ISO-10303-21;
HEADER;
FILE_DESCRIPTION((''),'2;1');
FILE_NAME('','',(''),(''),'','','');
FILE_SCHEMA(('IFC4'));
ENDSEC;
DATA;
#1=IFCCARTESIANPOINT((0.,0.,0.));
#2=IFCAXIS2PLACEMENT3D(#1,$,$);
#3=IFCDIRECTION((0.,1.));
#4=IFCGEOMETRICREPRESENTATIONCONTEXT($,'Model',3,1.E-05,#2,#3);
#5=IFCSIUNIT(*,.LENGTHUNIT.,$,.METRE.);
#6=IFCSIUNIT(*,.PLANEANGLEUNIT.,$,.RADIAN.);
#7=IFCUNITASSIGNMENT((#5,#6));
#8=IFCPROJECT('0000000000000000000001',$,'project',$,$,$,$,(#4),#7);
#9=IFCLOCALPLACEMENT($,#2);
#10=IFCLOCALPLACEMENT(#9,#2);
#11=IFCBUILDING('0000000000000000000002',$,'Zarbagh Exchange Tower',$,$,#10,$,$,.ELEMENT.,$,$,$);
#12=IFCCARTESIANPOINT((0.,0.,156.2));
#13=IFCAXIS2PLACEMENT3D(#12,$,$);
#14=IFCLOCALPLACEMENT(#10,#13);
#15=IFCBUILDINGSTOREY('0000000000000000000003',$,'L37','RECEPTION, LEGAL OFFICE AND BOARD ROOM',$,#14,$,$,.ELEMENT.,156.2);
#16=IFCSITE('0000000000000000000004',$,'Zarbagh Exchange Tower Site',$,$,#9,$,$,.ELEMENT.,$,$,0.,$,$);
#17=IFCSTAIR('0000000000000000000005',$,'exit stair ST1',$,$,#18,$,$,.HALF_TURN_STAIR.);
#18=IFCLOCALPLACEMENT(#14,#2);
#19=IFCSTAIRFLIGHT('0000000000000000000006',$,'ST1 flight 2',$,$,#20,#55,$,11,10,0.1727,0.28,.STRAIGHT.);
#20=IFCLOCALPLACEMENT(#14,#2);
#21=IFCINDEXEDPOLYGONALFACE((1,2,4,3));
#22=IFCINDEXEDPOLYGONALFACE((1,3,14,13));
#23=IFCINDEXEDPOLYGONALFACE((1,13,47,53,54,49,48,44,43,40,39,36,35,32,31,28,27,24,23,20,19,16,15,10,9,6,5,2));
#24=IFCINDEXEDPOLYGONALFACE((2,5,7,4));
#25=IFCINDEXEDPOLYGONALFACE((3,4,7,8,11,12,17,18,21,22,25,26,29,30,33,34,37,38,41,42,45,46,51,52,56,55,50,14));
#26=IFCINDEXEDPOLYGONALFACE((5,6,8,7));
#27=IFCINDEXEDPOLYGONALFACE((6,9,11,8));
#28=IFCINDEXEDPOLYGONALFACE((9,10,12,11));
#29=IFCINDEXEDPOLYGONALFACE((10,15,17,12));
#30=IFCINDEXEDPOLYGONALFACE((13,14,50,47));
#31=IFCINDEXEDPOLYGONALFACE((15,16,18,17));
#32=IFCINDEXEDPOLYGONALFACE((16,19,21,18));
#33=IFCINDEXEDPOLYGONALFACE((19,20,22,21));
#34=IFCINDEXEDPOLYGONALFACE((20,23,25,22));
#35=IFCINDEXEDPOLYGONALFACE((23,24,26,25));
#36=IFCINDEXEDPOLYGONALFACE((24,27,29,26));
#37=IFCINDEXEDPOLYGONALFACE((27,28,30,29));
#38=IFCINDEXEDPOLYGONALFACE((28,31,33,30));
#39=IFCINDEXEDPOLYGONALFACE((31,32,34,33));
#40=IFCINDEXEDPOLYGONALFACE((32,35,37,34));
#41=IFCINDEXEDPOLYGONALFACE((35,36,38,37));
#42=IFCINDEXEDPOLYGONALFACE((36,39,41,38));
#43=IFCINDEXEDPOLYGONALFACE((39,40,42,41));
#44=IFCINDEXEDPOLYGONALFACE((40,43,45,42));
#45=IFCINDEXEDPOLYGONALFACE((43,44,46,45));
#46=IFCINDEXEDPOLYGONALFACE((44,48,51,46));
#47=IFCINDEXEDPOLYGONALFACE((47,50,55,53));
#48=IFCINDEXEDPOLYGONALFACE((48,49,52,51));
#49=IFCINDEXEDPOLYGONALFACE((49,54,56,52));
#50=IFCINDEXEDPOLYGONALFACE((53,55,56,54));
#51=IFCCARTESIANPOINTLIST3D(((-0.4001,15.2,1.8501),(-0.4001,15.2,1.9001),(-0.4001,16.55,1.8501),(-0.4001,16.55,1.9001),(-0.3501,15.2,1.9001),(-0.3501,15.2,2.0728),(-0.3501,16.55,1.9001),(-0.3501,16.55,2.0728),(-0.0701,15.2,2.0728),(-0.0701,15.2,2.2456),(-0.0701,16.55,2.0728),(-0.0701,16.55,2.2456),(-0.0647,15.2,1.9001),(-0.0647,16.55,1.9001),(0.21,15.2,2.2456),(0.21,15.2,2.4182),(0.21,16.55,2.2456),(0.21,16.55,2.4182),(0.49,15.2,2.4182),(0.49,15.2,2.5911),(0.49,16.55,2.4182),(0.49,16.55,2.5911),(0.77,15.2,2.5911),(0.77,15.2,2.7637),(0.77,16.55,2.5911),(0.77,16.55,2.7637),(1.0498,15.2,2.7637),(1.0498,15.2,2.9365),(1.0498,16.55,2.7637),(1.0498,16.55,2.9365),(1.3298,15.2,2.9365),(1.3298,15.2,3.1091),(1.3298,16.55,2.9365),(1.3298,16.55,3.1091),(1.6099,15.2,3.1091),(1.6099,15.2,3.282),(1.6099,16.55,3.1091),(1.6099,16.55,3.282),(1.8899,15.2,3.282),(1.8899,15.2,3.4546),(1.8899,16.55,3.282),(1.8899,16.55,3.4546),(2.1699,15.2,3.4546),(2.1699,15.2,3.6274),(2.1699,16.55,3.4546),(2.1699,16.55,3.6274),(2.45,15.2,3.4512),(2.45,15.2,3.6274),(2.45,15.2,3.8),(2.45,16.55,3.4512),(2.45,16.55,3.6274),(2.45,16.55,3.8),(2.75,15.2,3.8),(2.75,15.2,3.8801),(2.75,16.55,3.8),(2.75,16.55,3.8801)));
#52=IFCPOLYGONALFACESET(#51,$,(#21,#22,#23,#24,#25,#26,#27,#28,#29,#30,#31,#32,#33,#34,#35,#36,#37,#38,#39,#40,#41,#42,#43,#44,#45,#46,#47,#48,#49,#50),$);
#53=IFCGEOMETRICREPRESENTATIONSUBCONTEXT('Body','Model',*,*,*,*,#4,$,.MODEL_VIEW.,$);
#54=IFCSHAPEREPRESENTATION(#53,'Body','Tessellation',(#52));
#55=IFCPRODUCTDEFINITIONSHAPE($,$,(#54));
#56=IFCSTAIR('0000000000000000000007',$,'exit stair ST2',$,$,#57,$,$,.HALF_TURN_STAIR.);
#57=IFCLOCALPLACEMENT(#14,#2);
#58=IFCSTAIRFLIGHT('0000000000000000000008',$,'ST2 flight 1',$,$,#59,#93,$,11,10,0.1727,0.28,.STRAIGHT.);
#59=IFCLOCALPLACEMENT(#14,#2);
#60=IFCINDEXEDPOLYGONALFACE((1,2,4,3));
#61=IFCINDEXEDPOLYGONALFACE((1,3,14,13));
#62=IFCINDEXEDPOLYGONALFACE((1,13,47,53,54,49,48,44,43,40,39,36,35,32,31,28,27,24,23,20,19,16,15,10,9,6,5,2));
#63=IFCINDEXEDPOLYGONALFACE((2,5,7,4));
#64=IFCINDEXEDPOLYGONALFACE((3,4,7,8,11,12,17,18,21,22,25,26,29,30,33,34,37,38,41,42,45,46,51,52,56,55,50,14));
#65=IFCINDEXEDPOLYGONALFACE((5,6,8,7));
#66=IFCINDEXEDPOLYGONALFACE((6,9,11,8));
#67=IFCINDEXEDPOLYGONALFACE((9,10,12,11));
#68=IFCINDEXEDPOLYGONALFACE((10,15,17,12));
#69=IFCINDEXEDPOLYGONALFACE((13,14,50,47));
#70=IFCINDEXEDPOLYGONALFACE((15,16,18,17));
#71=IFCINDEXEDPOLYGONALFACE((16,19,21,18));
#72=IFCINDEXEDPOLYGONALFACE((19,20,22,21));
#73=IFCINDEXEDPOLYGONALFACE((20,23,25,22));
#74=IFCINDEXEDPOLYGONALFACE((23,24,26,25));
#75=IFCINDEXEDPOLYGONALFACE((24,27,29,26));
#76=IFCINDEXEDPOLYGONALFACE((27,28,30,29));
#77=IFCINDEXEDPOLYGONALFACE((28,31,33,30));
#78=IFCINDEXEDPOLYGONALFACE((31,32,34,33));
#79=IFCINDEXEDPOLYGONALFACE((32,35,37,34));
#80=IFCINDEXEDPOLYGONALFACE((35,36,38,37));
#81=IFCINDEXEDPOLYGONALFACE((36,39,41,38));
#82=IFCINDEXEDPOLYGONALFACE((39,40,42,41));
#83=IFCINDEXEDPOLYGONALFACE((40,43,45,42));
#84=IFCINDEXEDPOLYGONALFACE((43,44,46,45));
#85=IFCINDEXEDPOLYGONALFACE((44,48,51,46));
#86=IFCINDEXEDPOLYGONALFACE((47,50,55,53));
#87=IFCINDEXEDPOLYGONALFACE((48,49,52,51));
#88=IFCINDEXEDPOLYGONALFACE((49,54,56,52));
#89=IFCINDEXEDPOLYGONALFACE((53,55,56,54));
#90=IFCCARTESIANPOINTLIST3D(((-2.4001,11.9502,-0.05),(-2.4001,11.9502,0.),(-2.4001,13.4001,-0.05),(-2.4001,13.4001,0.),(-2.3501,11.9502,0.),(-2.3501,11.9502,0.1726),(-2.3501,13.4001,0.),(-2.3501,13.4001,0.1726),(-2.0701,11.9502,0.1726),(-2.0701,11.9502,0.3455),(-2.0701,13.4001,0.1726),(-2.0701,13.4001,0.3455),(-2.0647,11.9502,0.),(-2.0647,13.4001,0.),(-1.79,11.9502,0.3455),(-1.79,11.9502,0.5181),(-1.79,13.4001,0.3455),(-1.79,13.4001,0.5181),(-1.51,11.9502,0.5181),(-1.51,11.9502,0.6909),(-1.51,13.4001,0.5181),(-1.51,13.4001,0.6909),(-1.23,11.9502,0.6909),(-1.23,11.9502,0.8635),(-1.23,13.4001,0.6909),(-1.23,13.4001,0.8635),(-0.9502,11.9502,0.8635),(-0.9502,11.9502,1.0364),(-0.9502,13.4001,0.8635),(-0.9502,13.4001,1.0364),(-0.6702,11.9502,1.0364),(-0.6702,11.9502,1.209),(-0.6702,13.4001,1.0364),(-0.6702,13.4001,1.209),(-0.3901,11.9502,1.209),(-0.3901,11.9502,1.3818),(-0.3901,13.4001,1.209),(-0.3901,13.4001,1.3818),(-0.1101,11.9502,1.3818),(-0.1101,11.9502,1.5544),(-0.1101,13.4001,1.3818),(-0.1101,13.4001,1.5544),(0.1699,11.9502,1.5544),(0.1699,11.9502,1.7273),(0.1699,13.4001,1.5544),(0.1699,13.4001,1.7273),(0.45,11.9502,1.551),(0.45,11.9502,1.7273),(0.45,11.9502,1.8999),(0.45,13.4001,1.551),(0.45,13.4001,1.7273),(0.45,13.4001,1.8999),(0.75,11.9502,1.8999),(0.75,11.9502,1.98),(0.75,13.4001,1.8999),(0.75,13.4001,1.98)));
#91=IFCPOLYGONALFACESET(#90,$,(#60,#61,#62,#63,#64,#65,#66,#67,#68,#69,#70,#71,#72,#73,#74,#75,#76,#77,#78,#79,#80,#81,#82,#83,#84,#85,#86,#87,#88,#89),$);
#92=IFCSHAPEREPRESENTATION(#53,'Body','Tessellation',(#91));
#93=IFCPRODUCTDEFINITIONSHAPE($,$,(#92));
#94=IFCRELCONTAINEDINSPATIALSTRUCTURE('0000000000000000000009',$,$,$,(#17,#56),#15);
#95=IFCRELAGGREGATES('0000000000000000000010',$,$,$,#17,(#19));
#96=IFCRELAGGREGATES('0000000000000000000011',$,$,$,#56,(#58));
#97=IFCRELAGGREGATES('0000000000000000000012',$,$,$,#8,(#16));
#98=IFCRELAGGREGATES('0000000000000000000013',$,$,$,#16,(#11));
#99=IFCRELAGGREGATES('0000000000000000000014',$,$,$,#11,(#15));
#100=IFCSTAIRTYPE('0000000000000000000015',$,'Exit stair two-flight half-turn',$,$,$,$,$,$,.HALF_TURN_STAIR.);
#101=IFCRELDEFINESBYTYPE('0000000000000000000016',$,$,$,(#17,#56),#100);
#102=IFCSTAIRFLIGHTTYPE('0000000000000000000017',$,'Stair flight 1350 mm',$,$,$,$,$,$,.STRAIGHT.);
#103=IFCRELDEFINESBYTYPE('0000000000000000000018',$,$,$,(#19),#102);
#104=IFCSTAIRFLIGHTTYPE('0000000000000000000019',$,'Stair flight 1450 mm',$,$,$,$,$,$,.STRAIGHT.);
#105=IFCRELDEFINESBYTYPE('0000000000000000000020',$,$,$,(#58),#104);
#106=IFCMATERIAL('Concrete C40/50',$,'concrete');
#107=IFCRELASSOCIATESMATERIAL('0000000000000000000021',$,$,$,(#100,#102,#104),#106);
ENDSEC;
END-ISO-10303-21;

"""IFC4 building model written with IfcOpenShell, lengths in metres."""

from ifc_helpers import new_model, si_unit, direction, frame, origin, place, context, subcontext, project, spatial, polyline, outline, extrude, material, type_object, element, aggregate, save


model = new_model("IFC4")

# Units and contexts
model_context = context("Model", 3, precision=1e-05, world=origin(), true_north=direction((0.0, 1.0)))
body_context = subcontext(model_context, "Body", "Model", "MODEL_VIEW")
ifc_project = project(units=[si_unit("LENGTHUNIT", "METRE"), si_unit("PLANEANGLEUNIT", "RADIAN")], contexts=[model_context])

# Site, building, storey
site_placement = place(None, origin())
site = spatial("IfcSite", under=ifc_project, at=site_placement, Name="Zarbagh Exchange Tower Site", CompositionType="ELEMENT", RefElevation=0.0)
building_placement = place(site_placement, origin())
building = spatial("IfcBuilding", under=site, at=building_placement, Name="Zarbagh Exchange Tower", CompositionType="ELEMENT")
storey_placement = place(building_placement, frame((0.0, 0.0, 156.2)))
storey = spatial("IfcBuildingStorey", under=building, at=storey_placement, Name="L37", Description="RECEPTION, LEGAL OFFICE AND BOARD ROOM", CompositionType="ELEMENT", Elevation=156.2)

# Stairs, stair flights
ifc_material_1 = material(Name="Concrete C40/50", Category="concrete")
stair_type = type_object("IfcStairType", Name="Exit stair two-flight half-turn", PredefinedType="HALF_TURN_STAIR", material=ifc_material_1)
stair_1_placement = place(storey_placement, origin())
stair_1 = element("IfcStair", 1, at=stair_1_placement, inside=storey, type_object=stair_type, Name="exit stair ST1", PredefinedType="HALF_TURN_STAIR")
stair_flight_type_1 = type_object("IfcStairFlightType", Name="Stair flight 1350 mm", PredefinedType="STRAIGHT", material=ifc_material_1)
stair_flight_1_placement = place(storey_placement, frame((-0.3501, 15.875, 1.9001), z_axis=(0.0, 0.0, 1.0), x_axis=(1.0, 0.0, 0.0)))
stair_flight_1 = element("IfcStairFlight", 2, at=stair_flight_1_placement, type_object=stair_flight_type_1, Name="ST1 flight 2", NumberOfRisers=11, NumberOfTreads=10, PredefinedType="STRAIGHT", RiserHeight=0.1727, TreadLength=0.28, context=body_context, shape_type="SweptSolid", body=[
    extrude(outline(polyline([(-0.05, -0.05), (-0.05, 0.0), (0.0, 0.0), (0.0, 0.1726), (0.28, 0.1726), (0.28, 0.3455), (0.5601, 0.3455), (0.5601, 0.5181), (0.8401, 0.5181), (0.8401, 0.6909), (1.1201, 0.6909), (1.1201, 0.8635), (1.3999, 0.8635), (1.3999, 1.0364), (1.6799, 1.0364), (1.6799, 1.209), (1.96, 1.209), (1.96, 1.3818), (2.24, 1.3818), (2.24, 1.5544), (2.52, 1.5544), (2.52, 1.7273), (2.8, 1.7273), (2.8, 1.8999), (3.1001, 1.98), (3.1001, 1.8999), (2.8, 1.551), (0.2854, 0.0), (-0.05, -0.05)])), frame((0.0, 0.675, 0.0), z_axis=(0.0, -1.0, 0.0), x_axis=(1.0, 0.0, 0.0)), (0.0, 0.0, 1.0), 1.3501),
])
aggregate(stair_1, [stair_flight_1])
stair_2_placement = place(storey_placement, origin())
stair_2 = element("IfcStair", 3, at=stair_2_placement, inside=storey, type_object=stair_type, Name="exit stair ST2", PredefinedType="HALF_TURN_STAIR")
stair_flight_type_2 = type_object("IfcStairFlightType", Name="Stair flight 1450 mm", PredefinedType="STRAIGHT", material=ifc_material_1)
stair_flight_2_placement = place(storey_placement, frame((-2.3501, 12.675, 0.0), z_axis=(0.0, 0.0, 1.0), x_axis=(1.0, 0.0, 0.0)))
stair_flight_2 = element("IfcStairFlight", 4, at=stair_flight_2_placement, type_object=stair_flight_type_2, Name="ST2 flight 1", NumberOfRisers=11, NumberOfTreads=10, PredefinedType="STRAIGHT", RiserHeight=0.1727, TreadLength=0.28, context=body_context, shape_type="SweptSolid", body=[
    extrude(outline(polyline([(-0.05, -0.05), (-0.05, 0.0), (0.0, 0.0), (0.0, 0.1726), (0.28, 0.1726), (0.28, 0.3455), (0.5601, 0.3455), (0.5601, 0.5181), (0.8401, 0.5181), (0.8401, 0.6909), (1.1201, 0.6909), (1.1201, 0.8635), (1.3999, 0.8635), (1.3999, 1.0364), (1.6799, 1.0364), (1.6799, 1.209), (1.96, 1.209), (1.96, 1.3818), (2.24, 1.3818), (2.24, 1.5544), (2.52, 1.5544), (2.52, 1.7273), (2.8, 1.7273), (2.8, 1.8999), (3.1001, 1.98), (3.1001, 1.8999), (2.8, 1.551), (0.2854, 0.0), (-0.05, -0.05)])), frame((0.0, 0.7251, 0.0), z_axis=(0.0, -1.0, 0.0), x_axis=(1.0, 0.0, 0.0)), (0.0, 0.0, 1.0), 1.45),
])
aggregate(stair_2, [stair_flight_2])

save(model, "model.ifc")
